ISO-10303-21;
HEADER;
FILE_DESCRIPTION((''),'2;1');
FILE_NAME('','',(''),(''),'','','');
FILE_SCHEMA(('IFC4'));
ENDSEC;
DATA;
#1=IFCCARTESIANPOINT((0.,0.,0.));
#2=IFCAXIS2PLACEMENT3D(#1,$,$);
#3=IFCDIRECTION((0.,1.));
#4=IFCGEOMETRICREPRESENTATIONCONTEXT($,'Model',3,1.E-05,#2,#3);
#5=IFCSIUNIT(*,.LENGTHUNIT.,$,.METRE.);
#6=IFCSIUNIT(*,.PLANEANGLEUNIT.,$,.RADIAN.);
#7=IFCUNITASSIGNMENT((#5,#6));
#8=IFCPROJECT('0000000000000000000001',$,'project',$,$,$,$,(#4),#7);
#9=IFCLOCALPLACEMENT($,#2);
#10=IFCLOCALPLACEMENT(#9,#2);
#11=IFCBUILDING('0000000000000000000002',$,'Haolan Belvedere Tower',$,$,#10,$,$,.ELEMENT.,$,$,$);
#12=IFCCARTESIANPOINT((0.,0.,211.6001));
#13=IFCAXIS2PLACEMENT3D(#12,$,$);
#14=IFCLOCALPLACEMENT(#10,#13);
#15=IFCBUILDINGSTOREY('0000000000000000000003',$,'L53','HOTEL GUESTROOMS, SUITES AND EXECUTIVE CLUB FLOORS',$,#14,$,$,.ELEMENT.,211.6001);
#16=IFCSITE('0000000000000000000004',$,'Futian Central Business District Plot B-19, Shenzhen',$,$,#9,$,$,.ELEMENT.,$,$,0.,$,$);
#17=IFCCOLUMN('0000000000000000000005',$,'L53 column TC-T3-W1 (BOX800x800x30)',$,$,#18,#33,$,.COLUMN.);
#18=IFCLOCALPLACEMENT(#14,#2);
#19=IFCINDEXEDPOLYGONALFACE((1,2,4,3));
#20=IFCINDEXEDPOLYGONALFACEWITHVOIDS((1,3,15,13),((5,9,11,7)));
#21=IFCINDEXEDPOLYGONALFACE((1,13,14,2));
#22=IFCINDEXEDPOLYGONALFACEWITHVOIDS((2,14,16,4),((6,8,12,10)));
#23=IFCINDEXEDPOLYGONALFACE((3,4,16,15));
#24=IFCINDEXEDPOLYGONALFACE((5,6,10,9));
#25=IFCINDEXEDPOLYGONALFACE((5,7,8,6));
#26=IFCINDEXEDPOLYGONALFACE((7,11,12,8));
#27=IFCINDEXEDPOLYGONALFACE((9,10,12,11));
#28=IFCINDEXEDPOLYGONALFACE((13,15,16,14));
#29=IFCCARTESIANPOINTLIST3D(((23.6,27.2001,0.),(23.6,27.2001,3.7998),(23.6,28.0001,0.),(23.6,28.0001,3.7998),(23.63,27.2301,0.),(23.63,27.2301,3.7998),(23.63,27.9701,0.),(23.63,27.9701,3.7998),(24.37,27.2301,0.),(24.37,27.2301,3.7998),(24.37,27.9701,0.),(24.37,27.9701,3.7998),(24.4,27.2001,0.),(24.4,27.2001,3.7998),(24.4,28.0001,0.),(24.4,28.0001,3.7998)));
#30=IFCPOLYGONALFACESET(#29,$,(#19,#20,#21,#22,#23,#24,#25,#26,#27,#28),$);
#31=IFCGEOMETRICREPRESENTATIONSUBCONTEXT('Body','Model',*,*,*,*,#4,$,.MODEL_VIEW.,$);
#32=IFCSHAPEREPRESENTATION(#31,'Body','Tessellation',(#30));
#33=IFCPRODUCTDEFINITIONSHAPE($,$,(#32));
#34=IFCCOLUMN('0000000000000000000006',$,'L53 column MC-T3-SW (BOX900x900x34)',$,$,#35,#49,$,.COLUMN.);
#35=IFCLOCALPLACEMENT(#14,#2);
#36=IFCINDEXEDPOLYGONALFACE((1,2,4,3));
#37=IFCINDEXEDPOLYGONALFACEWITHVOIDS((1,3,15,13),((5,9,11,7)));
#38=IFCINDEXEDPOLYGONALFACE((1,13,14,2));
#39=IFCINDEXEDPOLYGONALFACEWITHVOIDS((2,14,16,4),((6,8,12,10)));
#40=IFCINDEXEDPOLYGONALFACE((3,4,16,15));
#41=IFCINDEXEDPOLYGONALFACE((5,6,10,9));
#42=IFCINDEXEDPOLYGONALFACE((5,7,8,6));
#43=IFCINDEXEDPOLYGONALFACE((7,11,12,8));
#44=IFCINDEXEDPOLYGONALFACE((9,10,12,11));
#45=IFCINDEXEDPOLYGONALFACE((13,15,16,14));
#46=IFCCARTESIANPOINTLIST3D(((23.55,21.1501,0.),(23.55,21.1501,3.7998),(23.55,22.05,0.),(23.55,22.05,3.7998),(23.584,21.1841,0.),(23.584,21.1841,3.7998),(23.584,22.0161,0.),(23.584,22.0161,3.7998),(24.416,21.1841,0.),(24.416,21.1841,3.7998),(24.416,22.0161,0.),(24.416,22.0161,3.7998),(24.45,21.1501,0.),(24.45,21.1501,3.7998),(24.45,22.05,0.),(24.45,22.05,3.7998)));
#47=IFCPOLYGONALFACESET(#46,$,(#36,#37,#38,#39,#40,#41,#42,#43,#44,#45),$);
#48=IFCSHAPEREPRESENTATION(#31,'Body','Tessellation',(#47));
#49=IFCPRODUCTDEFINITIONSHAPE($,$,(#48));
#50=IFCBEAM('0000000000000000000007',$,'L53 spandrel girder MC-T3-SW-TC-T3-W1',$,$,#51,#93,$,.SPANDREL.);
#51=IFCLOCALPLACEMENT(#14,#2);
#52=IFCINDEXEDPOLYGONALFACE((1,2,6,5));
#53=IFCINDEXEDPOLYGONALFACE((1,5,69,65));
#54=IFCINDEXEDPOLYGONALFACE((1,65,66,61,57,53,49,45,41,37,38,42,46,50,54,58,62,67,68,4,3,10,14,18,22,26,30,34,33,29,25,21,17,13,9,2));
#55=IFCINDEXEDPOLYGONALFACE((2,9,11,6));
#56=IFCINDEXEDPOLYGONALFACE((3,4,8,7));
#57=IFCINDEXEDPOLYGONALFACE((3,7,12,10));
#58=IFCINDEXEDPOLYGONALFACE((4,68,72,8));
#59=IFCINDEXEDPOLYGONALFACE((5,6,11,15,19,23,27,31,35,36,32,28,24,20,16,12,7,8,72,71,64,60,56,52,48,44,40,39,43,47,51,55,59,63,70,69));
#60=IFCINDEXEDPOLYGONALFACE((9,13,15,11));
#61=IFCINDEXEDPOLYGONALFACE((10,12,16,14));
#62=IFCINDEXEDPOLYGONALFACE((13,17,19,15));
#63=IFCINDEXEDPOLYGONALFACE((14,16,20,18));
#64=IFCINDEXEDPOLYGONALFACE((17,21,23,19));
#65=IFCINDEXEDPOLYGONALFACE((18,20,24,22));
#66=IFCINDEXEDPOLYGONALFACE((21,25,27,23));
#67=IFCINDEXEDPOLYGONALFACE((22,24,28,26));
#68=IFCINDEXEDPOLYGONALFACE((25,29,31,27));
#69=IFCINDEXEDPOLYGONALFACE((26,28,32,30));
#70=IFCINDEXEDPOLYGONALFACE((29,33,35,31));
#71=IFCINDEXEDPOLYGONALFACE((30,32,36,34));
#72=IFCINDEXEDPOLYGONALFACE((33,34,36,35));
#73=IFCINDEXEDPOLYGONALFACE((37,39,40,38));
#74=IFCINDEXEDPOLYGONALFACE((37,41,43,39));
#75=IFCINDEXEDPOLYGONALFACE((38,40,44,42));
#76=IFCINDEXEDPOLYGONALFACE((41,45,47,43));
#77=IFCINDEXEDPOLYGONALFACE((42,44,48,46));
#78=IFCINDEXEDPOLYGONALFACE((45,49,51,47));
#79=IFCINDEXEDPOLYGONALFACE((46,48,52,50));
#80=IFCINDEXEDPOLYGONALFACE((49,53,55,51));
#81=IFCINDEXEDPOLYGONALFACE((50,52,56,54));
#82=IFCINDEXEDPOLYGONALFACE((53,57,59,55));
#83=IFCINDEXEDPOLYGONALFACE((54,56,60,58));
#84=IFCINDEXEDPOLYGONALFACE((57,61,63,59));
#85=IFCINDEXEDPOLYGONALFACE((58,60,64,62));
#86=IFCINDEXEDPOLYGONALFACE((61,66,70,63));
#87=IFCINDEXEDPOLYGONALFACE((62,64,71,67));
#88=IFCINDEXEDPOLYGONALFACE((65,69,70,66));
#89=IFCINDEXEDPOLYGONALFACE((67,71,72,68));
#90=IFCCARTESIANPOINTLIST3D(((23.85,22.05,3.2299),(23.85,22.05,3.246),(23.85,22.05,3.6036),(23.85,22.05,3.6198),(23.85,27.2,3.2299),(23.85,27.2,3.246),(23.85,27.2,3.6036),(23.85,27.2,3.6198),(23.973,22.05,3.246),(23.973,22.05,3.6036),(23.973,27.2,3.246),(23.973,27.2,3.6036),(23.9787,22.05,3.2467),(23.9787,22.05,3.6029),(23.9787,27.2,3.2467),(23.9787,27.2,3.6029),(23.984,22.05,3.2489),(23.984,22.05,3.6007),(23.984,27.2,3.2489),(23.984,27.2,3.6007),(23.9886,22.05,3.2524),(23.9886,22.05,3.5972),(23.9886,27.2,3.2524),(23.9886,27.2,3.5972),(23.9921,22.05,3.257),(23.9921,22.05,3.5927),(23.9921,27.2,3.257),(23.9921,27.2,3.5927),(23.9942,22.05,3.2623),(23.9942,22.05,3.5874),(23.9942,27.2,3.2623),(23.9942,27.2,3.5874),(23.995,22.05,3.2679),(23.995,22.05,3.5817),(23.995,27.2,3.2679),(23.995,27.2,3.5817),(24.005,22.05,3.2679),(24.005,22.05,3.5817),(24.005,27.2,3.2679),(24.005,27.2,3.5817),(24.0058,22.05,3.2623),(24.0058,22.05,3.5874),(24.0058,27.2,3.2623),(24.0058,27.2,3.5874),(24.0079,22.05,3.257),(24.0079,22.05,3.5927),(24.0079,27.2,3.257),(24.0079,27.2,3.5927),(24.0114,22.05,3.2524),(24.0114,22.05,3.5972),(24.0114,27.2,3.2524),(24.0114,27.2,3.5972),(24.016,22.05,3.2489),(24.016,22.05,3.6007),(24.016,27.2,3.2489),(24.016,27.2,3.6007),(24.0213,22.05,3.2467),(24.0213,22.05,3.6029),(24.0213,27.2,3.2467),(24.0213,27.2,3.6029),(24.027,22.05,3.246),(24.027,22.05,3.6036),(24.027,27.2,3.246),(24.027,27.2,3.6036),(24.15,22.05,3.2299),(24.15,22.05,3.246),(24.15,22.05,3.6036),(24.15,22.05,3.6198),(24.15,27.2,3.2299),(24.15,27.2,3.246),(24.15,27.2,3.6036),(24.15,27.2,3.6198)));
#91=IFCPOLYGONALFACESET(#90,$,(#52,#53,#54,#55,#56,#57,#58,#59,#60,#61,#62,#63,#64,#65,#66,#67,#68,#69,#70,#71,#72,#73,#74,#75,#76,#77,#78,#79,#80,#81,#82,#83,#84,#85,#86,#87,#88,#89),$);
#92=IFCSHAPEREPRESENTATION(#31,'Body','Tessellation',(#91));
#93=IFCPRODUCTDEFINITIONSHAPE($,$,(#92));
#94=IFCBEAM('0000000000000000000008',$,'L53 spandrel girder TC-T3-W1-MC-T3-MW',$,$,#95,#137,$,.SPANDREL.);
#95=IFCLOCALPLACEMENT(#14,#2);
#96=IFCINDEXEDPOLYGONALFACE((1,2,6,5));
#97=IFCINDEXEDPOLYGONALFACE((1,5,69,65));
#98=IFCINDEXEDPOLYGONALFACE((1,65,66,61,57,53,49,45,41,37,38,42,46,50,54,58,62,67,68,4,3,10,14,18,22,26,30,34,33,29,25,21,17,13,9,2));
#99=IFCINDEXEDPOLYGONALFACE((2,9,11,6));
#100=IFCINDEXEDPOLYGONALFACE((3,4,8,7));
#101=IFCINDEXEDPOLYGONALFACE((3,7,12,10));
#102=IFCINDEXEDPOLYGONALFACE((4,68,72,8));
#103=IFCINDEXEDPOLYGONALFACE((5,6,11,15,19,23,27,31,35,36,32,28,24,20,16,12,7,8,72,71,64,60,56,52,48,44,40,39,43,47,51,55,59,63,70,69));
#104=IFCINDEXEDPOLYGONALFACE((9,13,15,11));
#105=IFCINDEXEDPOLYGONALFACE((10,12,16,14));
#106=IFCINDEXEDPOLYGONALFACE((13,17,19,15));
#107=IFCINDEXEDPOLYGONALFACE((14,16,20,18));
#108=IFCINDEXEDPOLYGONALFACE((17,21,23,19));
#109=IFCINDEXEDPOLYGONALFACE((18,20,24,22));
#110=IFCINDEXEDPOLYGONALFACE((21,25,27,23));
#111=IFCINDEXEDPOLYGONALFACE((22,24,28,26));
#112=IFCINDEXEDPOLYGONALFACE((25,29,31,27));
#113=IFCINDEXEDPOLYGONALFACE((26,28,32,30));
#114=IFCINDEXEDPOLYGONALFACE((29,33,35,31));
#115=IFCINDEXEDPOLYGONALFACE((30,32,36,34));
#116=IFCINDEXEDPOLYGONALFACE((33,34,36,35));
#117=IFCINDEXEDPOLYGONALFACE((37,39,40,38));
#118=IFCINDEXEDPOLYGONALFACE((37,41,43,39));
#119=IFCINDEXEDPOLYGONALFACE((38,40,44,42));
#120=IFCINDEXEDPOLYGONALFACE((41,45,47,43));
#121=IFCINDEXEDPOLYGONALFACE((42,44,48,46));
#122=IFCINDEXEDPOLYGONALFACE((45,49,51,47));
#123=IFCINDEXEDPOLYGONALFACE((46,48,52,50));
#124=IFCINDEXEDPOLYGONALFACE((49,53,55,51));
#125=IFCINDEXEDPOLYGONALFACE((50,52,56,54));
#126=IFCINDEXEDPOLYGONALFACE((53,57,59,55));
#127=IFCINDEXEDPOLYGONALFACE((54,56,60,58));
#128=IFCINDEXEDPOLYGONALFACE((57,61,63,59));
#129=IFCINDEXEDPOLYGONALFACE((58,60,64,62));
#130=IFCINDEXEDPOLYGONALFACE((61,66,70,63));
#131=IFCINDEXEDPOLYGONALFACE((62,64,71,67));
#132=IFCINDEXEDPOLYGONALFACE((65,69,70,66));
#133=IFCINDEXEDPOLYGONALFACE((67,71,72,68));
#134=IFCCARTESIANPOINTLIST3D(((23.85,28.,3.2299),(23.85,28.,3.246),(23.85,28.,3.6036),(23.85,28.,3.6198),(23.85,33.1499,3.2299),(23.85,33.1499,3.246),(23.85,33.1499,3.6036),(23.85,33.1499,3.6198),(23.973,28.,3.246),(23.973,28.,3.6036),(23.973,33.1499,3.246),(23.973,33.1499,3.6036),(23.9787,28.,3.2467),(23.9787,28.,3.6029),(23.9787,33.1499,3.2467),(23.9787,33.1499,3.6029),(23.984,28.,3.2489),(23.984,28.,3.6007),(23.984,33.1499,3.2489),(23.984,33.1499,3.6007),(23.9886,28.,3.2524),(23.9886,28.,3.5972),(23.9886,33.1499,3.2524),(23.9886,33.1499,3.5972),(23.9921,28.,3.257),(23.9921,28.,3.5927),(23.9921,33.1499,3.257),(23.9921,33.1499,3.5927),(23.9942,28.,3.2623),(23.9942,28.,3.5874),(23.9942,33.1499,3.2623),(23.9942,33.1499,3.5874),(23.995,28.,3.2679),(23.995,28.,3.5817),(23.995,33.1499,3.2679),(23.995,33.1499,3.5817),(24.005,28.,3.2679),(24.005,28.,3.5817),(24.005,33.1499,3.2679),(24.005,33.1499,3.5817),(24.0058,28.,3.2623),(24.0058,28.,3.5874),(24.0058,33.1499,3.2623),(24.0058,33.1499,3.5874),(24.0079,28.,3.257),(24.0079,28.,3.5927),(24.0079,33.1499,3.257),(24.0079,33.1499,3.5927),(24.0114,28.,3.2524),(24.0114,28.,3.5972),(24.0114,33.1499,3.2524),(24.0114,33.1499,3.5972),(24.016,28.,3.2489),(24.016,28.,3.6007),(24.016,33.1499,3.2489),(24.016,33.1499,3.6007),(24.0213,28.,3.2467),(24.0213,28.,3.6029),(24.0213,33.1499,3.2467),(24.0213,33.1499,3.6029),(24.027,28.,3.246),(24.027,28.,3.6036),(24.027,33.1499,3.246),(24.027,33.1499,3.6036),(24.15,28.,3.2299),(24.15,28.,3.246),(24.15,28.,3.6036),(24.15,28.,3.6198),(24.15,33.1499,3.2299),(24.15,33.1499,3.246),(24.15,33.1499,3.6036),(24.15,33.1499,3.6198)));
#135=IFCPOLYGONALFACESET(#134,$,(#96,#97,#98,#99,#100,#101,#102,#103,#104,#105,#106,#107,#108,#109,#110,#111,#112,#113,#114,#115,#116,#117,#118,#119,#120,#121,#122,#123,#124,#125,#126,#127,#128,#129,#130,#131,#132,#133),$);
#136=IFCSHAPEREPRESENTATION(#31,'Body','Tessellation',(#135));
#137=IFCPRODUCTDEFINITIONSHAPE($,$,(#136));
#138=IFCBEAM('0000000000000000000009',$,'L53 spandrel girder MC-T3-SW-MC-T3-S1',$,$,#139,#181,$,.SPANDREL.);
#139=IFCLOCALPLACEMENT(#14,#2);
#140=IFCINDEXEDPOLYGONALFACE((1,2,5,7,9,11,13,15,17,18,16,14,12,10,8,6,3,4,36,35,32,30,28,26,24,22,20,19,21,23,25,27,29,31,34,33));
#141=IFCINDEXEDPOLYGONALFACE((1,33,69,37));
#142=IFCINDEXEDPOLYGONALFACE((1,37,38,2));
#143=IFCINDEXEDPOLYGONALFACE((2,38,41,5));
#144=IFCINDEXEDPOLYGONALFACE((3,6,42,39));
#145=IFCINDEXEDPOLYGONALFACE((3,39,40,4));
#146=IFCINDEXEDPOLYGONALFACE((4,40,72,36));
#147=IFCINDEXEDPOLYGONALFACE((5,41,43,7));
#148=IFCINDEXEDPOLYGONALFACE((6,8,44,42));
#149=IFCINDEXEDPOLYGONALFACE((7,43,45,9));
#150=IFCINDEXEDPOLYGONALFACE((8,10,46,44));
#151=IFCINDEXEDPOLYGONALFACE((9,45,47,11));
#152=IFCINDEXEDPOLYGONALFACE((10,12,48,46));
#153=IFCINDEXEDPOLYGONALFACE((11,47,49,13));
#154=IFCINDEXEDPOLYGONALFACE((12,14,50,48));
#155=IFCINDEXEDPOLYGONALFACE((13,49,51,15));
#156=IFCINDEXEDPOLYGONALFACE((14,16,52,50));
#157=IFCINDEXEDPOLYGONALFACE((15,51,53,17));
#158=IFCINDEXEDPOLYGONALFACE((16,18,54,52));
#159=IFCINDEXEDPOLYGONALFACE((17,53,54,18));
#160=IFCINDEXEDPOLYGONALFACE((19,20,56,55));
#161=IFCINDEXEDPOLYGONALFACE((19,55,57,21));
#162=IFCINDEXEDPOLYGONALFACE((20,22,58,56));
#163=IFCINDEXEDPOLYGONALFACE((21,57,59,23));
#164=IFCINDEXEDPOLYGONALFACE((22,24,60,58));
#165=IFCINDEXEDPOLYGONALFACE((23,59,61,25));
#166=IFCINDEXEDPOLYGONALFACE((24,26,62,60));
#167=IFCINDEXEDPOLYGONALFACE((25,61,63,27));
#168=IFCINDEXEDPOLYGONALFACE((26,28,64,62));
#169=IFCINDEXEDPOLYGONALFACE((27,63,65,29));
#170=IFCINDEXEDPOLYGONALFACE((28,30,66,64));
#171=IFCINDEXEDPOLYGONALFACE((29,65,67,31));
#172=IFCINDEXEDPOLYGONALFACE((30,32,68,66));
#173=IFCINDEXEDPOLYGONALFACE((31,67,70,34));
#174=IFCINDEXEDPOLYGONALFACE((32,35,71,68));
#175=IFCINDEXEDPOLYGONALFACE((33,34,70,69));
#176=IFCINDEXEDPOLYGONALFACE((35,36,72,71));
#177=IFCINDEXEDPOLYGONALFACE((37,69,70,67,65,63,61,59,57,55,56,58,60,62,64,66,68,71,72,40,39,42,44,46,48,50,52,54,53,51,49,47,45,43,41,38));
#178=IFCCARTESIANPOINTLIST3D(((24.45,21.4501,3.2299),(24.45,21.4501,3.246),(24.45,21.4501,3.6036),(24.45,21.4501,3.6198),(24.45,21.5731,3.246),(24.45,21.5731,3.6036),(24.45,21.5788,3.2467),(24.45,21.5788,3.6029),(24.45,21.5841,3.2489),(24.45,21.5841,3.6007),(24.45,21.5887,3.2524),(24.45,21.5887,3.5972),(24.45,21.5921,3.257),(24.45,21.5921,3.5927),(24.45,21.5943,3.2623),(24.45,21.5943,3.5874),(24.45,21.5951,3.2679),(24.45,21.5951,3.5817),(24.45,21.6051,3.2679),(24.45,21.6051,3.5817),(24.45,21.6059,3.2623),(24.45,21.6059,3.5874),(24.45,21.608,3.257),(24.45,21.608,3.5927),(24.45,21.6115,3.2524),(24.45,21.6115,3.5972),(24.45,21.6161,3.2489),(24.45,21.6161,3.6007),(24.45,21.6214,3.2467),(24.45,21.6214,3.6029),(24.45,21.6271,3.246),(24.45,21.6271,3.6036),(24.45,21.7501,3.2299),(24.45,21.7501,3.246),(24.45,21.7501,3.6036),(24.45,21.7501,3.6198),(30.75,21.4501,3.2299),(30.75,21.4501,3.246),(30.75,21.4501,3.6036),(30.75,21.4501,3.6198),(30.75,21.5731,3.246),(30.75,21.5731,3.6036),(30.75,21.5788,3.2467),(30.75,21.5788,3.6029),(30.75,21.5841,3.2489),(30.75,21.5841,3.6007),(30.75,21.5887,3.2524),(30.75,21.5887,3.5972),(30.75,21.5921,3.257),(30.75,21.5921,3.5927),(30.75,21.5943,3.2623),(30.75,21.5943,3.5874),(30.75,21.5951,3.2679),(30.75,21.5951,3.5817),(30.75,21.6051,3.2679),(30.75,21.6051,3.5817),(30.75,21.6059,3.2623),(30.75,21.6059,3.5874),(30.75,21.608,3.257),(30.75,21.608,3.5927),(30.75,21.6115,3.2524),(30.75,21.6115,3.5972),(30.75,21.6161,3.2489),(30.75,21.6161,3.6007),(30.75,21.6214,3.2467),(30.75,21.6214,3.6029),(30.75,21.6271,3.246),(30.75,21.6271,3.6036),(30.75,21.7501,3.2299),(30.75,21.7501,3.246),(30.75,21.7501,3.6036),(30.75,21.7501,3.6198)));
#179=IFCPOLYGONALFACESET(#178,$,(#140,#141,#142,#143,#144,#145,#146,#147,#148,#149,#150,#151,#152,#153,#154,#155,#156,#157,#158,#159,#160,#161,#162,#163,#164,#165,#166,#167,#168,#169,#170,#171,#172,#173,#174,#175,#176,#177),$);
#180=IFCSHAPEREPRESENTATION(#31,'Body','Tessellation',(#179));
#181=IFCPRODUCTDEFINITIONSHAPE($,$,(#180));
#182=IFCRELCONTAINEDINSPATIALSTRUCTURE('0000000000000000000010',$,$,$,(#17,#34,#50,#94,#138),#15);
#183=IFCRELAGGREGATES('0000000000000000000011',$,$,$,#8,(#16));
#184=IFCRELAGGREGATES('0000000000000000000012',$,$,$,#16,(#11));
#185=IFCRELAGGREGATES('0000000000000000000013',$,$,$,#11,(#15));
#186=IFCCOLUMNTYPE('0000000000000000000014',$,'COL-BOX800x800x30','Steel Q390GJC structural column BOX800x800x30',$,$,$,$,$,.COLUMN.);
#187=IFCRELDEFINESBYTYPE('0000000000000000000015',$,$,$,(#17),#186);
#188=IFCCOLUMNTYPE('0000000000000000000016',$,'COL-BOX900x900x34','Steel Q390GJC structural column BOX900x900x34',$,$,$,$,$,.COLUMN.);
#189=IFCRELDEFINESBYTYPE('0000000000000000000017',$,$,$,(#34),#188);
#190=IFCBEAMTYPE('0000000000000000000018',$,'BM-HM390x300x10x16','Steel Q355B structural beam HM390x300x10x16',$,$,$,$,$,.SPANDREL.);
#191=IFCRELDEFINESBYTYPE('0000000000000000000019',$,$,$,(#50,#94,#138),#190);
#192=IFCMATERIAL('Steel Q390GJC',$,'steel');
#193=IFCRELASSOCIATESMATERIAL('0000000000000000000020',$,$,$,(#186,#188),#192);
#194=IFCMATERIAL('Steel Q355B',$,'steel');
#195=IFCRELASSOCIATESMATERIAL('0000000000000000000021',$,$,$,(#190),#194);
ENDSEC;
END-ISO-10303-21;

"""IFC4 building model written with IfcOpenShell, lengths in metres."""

from ifc_helpers import new_model, si_unit, direction, frame, origin, origin_2d, place, context, subcontext, project, spatial, hollow_rectangle, i_section, extrude, material, material_profile, profile_set, type_object, element, save


model = new_model("IFC4")

# Units and contexts
model_context = context("Model", 3, precision=1e-05, world=origin(), true_north=direction((0.0, 1.0)))
body_context = subcontext(model_context, "Body", "Model", "MODEL_VIEW")
ifc_project = project(units=[si_unit("LENGTHUNIT", "METRE"), si_unit("PLANEANGLEUNIT", "RADIAN")], contexts=[model_context])

# Site, building, storey
site_placement = place(None, origin())
site = spatial("IfcSite", under=ifc_project, at=site_placement, Name="Futian Central Business District Plot B-19, Shenzhen", CompositionType="ELEMENT", RefElevation=0.0)
building_placement = place(site_placement, origin())
building = spatial("IfcBuilding", under=site, at=building_placement, Name="Haolan Belvedere Tower", CompositionType="ELEMENT")
storey_placement = place(building_placement, frame((0.0, 0.0, 211.6001)))
storey = spatial("IfcBuildingStorey", under=building, at=storey_placement, Name="L53", Description="HOTEL GUESTROOMS, SUITES AND EXECUTIVE CLUB FLOORS", CompositionType="ELEMENT", Elevation=211.6001)

# Columns
ifc_material_1 = material(Name="Steel Q390GJC", Category="steel")
ifc_material_profile_1 = material_profile(ifc_material_1, hollow_rectangle(XDim=0.8, YDim=0.8, WallThickness=0.03, at=origin_2d()), Name="Steel Q390GJC")
ifc_profile_set_1 = profile_set([ifc_material_profile_1], Name="Steel Q390GJC")
column_type_1 = type_object("IfcColumnType", Name="COL-BOX800x800x30", Description="Steel Q390GJC structural column BOX800x800x30", PredefinedType="COLUMN", material=ifc_profile_set_1)
column_1_placement = place(storey_placement, frame((24.0, 27.6001, 0.0), z_axis=(0.0, 0.0, 1.0), x_axis=(1.0, 0.0, 0.0)))
element("IfcColumn", 1, at=column_1_placement, inside=storey, type_object=column_type_1, Name="L53 column TC-T3-W1 (BOX800x800x30)", PredefinedType="COLUMN", context=body_context, shape_type="SweptSolid", body=[
    extrude(hollow_rectangle(XDim=0.8, YDim=0.8, WallThickness=0.03, at=origin_2d()), origin(), (0.0, 0.0, 1.0), 3.7998),
])
ifc_material_profile_2 = material_profile(ifc_material_1, hollow_rectangle(XDim=0.8999, YDim=0.8999, WallThickness=0.0339, at=origin_2d()), Name="Steel Q390GJC")
ifc_profile_set_2 = profile_set([ifc_material_profile_2], Name="Steel Q390GJC")
column_type_2 = type_object("IfcColumnType", Name="COL-BOX900x900x34", Description="Steel Q390GJC structural column BOX900x900x34", PredefinedType="COLUMN", material=ifc_profile_set_2)
column_2_placement = place(storey_placement, frame((24.0, 21.6001, 0.0), z_axis=(0.0, 0.0, 1.0), x_axis=(1.0, 0.0, 0.0)))
element("IfcColumn", 2, at=column_2_placement, inside=storey, type_object=column_type_2, Name="L53 column MC-T3-SW (BOX900x900x34)", PredefinedType="COLUMN", context=body_context, shape_type="SweptSolid", body=[
    extrude(hollow_rectangle(XDim=0.8999, YDim=0.8999, WallThickness=0.0339, at=origin_2d()), origin(), (0.0, 0.0, 1.0), 3.7998),
])

# Beams
ifc_material_2 = material(Name="Steel Q355B", Category="steel")
ifc_material_profile_3 = material_profile(ifc_material_2, i_section(OverallWidth=0.3, OverallDepth=0.3899, WebThickness=0.01, FlangeThickness=0.0161, FilletRadius=0.022, at=origin_2d()), Name="Steel Q355B")
ifc_profile_set_3 = profile_set([ifc_material_profile_3], Name="Steel Q355B")
beam_type_1 = type_object("IfcBeamType", Name="BM-HM390x300x10x16", Description="Steel Q355B structural beam HM390x300x10x16", PredefinedType="SPANDREL", material=ifc_profile_set_3)
for number, where, z_axis, x_axis, name in (
    (3, (24.0, 22.05, 3.4248), (0.0, 1.0, 0.0), (-1.0, 0.0, 0.0), "L53 spandrel girder MC-T3-SW-TC-T3-W1"),
    (4, (24.0, 28.0, 3.4248), (0.0, 1.0, 0.0), (-1.0, 0.0, 0.0), "L53 spandrel girder TC-T3-W1-MC-T3-MW"),
):
    element("IfcBeam", number, at=place(storey_placement, frame(where, z_axis=z_axis, x_axis=x_axis)), inside=storey, type_object=beam_type_1, Name=name, PredefinedType="SPANDREL", context=body_context, shape_type="SweptSolid", body=[
        extrude(i_section(OverallWidth=0.3, OverallDepth=0.3899, WebThickness=0.01, FlangeThickness=0.0161, FilletRadius=0.022, at=origin_2d()), origin(), (0.0, 0.0, 1.0), 5.1499),
    ])
beam_1_placement = place(storey_placement, frame((24.45, 21.6001, 3.4248), z_axis=(1.0, 0.0, 0.0), x_axis=(0.0, 1.0, 0.0)))
element("IfcBeam", 5, at=beam_1_placement, inside=storey, type_object=beam_type_1, Name="L53 spandrel girder MC-T3-SW-MC-T3-S1", PredefinedType="SPANDREL", context=body_context, shape_type="SweptSolid", body=[
    extrude(i_section(OverallWidth=0.3, OverallDepth=0.3899, WebThickness=0.01, FlangeThickness=0.0161, FilletRadius=0.022, at=origin_2d()), origin(), (0.0, 0.0, 1.0), 6.3),
])

save(model, "model.ifc")
